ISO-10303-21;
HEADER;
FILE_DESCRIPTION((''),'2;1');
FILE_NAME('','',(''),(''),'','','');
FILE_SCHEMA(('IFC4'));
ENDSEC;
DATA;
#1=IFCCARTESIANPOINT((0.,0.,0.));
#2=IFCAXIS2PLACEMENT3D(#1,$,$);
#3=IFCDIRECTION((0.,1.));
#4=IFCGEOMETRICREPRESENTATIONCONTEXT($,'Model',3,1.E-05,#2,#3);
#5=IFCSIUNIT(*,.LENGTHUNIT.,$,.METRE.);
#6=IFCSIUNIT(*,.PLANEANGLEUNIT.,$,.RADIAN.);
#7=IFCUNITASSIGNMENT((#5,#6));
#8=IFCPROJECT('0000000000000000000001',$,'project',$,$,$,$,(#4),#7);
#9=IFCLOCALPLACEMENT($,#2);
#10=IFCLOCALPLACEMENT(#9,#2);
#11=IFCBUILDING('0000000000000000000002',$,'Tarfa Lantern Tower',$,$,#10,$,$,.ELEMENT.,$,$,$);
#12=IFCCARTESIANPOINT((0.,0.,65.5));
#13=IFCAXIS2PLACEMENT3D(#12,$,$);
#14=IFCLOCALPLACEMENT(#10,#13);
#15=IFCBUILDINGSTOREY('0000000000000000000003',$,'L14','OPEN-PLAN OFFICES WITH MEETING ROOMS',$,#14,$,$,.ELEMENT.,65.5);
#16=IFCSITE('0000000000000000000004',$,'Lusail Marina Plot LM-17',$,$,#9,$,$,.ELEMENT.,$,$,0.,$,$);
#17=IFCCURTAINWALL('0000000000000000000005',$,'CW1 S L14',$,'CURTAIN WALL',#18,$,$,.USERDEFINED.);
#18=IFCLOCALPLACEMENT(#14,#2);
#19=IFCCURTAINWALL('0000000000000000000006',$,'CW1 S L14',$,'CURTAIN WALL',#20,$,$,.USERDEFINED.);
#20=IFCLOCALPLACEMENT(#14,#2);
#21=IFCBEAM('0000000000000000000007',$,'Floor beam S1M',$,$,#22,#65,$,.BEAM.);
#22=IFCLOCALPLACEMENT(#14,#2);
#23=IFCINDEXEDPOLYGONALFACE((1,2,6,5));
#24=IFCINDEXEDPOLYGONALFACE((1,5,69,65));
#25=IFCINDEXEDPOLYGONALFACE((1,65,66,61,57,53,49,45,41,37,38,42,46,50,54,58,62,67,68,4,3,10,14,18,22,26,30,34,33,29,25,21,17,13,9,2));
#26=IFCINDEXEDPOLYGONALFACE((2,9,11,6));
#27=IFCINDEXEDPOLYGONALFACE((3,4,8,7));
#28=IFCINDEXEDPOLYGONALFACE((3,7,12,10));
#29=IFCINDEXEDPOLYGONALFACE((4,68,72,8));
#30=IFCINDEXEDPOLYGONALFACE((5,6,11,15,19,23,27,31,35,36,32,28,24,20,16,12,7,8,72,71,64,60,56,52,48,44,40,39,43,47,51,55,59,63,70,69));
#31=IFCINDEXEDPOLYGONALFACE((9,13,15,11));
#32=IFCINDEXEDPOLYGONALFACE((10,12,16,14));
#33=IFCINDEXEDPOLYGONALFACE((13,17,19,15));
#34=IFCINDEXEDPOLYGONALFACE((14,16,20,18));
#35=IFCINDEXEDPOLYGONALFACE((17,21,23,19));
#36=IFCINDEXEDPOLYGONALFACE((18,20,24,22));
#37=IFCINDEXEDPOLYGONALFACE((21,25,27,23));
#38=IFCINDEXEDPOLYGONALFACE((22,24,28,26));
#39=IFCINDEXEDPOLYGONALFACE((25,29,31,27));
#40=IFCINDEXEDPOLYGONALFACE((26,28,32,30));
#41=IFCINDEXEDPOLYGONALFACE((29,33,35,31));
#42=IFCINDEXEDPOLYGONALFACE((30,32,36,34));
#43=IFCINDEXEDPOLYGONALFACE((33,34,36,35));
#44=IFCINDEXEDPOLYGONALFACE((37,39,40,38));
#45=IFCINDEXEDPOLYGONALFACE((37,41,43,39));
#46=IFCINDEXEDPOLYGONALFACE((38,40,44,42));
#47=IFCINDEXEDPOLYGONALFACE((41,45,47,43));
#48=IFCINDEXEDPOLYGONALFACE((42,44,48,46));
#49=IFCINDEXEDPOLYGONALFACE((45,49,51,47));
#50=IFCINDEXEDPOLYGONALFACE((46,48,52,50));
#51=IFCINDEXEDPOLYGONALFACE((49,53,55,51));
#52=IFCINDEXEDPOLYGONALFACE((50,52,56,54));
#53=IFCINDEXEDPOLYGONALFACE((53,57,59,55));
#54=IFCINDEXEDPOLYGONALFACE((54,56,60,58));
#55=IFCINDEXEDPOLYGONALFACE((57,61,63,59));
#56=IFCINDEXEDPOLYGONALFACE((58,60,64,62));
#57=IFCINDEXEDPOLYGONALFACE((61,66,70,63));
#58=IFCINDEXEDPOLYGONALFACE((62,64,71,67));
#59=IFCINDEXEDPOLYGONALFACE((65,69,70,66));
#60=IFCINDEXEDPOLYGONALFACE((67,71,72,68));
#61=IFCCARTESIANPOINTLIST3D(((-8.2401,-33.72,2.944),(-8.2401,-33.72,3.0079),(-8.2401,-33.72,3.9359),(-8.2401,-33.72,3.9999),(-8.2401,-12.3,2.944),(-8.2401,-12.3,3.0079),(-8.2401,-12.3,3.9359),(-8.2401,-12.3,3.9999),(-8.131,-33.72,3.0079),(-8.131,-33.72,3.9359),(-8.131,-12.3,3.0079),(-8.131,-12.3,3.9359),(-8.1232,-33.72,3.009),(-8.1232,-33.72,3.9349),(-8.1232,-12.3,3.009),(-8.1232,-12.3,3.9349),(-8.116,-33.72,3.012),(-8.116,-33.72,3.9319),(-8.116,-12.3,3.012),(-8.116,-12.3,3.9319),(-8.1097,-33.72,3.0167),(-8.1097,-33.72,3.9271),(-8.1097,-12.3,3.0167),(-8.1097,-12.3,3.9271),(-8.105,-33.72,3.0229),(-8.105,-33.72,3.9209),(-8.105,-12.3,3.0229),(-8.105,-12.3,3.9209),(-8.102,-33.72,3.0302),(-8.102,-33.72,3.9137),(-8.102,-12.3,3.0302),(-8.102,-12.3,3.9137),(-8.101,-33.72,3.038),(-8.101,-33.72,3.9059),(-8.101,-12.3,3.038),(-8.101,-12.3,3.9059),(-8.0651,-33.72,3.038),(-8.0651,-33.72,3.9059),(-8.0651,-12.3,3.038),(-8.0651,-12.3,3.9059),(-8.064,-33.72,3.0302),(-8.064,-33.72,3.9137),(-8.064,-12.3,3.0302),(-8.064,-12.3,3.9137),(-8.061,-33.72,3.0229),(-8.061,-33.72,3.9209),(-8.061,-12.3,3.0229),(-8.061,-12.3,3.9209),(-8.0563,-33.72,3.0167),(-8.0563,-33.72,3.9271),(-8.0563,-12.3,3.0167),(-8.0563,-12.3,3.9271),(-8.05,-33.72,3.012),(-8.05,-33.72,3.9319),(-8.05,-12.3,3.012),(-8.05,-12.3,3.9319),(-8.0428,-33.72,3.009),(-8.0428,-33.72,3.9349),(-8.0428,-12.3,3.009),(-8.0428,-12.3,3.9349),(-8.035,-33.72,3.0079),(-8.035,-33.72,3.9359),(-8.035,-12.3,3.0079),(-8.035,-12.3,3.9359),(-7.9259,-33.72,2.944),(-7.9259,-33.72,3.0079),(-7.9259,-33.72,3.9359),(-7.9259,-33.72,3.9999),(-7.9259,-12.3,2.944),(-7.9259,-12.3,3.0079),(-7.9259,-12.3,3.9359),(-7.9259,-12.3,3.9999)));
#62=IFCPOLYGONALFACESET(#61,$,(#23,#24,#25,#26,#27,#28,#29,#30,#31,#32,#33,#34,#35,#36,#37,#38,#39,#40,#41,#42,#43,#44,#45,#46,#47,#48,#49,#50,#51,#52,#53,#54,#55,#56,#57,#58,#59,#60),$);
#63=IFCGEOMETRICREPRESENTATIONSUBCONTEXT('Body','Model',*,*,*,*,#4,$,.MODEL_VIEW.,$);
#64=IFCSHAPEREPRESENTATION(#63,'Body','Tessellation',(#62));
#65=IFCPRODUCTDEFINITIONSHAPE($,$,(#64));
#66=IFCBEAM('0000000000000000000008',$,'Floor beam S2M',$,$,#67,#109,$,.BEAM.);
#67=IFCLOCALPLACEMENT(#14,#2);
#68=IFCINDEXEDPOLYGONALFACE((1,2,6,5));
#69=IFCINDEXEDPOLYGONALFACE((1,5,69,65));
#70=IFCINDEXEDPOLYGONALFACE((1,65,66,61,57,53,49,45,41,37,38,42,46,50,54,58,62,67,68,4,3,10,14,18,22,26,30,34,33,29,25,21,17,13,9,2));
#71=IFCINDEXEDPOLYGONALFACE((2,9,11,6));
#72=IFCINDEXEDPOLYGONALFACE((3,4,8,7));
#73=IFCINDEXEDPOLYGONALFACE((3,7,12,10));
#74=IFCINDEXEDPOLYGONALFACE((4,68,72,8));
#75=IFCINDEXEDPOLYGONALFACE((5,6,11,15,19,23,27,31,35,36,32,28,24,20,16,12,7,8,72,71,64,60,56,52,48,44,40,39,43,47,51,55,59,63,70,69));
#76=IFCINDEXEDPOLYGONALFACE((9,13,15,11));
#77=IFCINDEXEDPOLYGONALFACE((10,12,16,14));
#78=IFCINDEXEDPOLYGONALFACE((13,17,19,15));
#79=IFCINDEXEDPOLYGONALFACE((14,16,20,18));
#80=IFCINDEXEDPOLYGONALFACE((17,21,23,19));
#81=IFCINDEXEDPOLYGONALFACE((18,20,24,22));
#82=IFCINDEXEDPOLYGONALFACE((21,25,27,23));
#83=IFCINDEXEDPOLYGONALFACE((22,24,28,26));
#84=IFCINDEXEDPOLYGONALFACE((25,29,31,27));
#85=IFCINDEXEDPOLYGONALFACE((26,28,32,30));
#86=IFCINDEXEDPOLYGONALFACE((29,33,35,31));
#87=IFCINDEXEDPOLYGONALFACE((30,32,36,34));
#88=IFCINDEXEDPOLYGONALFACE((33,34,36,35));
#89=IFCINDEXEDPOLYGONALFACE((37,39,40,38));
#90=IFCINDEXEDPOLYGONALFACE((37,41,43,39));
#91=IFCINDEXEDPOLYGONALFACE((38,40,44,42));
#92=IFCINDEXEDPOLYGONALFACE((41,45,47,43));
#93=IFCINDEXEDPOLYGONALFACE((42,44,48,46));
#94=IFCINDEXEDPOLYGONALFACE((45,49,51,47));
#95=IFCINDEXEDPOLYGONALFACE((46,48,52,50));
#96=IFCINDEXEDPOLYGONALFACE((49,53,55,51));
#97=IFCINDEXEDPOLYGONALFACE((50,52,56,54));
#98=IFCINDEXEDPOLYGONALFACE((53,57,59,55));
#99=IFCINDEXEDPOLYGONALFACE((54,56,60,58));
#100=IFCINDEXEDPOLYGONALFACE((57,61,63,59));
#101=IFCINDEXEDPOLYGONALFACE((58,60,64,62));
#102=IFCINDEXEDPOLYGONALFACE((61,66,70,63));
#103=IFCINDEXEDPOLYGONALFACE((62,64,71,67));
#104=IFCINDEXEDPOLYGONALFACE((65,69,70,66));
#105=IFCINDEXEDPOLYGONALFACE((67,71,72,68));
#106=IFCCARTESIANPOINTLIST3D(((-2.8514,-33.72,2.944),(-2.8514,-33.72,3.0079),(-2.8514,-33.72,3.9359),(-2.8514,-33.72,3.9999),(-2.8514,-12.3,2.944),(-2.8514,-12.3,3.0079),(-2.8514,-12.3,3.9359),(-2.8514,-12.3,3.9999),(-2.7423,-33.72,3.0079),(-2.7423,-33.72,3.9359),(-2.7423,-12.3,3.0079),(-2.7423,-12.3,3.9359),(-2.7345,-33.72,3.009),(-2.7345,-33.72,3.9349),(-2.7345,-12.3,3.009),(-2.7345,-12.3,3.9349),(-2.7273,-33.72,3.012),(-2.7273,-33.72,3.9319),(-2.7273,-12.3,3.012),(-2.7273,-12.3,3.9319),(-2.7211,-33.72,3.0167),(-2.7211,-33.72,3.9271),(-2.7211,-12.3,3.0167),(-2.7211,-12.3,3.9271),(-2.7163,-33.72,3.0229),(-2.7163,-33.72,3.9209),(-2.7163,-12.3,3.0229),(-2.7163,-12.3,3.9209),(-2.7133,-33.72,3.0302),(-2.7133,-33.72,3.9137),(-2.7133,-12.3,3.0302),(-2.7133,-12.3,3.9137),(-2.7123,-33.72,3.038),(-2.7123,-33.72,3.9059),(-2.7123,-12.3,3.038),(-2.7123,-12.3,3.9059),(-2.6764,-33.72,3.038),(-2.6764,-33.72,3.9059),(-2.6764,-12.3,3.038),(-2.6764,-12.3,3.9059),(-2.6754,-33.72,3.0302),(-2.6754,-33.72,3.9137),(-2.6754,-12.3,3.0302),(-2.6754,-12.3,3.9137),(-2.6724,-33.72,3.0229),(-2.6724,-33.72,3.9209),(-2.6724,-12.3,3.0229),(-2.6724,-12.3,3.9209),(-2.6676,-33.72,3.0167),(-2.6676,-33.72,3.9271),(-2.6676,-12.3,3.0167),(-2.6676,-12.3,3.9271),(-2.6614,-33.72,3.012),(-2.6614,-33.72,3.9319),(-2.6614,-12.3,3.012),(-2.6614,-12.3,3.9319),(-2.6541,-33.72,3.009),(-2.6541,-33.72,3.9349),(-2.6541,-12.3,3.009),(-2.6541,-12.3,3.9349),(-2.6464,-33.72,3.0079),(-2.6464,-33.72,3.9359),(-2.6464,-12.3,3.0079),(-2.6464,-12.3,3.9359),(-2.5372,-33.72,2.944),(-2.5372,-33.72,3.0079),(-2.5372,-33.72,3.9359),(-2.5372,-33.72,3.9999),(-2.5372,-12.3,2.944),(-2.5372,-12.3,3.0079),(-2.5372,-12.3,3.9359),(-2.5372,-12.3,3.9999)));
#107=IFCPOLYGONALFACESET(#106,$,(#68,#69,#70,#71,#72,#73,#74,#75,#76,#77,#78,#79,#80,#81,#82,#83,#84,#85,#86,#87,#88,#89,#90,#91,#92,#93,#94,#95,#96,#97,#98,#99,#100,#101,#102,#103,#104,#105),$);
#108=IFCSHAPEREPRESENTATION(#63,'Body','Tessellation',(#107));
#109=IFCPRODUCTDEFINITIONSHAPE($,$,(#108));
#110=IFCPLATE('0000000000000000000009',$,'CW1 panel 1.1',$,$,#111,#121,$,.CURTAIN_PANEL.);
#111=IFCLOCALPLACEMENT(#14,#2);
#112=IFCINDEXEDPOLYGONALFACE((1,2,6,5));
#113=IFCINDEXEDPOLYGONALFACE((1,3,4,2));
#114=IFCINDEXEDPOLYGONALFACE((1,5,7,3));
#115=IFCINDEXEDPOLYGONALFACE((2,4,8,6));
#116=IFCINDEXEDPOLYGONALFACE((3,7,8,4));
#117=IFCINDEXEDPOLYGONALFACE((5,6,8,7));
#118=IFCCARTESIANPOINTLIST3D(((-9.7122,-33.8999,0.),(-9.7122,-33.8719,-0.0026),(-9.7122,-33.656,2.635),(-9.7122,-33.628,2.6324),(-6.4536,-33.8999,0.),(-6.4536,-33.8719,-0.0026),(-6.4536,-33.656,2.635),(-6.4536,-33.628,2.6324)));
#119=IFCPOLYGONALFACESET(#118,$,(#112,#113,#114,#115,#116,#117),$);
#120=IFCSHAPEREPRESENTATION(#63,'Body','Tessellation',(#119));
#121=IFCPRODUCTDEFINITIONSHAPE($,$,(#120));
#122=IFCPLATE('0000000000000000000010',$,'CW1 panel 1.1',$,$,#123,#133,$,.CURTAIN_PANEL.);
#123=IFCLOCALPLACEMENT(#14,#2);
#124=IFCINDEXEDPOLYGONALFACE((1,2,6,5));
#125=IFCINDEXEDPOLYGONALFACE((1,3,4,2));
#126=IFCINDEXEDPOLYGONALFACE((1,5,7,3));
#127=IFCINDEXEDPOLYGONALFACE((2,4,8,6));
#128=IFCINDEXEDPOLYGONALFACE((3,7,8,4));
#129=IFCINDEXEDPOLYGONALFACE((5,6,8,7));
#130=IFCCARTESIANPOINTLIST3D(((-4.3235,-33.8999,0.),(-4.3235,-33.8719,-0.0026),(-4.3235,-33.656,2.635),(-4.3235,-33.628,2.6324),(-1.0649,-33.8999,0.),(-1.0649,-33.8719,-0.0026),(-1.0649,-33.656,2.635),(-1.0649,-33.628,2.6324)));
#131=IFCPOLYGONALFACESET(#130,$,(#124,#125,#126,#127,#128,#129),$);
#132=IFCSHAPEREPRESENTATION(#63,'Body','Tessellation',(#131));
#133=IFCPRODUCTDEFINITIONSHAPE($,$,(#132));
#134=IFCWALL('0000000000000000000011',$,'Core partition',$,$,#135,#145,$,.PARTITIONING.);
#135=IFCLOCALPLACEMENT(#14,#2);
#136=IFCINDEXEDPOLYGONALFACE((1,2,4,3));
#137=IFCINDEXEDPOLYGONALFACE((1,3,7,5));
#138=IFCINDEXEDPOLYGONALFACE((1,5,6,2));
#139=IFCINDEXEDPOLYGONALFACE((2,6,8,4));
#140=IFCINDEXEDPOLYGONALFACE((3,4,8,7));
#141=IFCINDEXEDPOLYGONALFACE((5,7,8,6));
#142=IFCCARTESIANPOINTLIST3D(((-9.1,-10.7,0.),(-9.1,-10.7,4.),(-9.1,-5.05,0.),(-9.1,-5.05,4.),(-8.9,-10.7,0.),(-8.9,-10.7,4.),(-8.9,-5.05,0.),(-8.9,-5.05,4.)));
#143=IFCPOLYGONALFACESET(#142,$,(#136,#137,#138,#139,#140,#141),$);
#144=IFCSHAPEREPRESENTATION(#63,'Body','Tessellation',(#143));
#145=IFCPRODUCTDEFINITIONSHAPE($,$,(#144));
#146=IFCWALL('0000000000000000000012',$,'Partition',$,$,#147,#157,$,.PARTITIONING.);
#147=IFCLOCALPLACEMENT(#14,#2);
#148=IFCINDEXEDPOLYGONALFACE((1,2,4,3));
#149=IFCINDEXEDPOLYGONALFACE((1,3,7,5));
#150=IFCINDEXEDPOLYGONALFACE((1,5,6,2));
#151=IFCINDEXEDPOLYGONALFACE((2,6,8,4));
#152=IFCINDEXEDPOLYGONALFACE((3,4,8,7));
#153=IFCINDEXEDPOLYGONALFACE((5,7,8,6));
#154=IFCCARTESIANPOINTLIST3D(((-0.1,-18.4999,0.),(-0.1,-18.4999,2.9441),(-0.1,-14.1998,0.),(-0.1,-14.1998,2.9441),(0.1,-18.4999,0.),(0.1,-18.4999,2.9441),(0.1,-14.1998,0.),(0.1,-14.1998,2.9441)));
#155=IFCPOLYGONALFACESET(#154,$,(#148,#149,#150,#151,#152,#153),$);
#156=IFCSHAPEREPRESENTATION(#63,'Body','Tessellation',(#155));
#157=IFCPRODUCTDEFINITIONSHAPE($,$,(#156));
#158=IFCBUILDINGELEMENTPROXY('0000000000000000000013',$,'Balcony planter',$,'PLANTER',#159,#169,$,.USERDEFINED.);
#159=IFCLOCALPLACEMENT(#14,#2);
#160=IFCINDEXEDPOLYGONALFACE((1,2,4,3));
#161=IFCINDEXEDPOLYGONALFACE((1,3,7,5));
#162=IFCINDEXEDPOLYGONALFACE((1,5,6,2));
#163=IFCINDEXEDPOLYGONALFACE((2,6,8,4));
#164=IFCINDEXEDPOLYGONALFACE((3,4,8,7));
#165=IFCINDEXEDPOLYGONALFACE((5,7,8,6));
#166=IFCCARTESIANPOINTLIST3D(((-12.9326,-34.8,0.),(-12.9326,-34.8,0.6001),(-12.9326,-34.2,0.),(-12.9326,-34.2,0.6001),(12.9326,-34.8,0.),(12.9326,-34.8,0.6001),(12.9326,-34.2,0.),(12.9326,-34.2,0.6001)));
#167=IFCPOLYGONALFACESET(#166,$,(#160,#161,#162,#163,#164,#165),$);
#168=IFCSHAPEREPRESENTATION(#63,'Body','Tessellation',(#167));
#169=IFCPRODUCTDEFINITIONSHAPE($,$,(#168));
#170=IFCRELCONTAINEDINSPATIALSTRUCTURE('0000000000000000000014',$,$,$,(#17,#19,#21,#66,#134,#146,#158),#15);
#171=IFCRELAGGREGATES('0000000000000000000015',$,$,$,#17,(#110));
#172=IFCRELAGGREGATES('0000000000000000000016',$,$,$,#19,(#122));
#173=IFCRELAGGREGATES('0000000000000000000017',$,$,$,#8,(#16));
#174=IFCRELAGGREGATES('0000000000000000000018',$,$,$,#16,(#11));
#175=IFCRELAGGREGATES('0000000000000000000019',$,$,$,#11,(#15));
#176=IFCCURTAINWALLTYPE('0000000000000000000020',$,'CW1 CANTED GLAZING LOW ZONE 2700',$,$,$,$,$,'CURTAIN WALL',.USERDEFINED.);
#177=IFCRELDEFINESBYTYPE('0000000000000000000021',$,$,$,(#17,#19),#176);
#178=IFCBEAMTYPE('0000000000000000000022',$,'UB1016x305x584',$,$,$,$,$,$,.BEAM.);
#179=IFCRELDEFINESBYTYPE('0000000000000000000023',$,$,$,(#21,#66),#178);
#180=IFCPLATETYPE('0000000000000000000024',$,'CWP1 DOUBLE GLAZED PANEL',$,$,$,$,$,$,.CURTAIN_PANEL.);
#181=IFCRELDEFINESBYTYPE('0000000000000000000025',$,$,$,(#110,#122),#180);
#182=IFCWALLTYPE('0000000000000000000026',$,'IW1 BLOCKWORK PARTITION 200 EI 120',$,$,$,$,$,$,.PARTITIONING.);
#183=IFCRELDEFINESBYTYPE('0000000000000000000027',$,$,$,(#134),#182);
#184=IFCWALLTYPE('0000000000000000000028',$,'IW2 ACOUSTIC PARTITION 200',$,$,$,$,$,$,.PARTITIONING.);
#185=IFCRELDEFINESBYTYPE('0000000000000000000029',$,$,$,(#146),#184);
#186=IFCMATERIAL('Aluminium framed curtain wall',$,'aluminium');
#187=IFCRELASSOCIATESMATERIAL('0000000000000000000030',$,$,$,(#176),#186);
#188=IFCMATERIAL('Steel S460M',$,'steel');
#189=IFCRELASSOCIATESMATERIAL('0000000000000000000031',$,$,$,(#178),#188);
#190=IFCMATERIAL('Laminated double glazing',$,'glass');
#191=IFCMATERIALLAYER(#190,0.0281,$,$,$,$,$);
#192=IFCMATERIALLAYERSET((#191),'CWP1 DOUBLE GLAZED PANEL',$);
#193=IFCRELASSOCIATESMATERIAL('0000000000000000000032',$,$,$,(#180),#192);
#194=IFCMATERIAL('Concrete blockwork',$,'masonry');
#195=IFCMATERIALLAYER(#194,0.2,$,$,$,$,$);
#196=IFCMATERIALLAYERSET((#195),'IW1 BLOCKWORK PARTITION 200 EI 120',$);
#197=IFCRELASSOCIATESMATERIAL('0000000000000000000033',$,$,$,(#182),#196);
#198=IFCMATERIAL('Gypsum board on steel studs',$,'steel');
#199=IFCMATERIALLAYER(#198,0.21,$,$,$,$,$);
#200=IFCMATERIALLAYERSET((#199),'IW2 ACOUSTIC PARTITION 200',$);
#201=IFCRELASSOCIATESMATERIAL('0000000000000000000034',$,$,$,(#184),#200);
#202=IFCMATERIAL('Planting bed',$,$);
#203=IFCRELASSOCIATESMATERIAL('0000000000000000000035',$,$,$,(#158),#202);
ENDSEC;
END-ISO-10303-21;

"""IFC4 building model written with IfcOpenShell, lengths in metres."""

from ifc_helpers import new_model, si_unit, direction, frame, frame_2d, origin, origin_2d, place, context, subcontext, project, spatial, polyline, rectangle, i_section, outline, extrude, material, layer, layer_set, material_profile, profile_set, type_object, element, aggregate, save


model = new_model("IFC4")

# Units and contexts
model_context = context("Model", 3, precision=1e-05, world=origin(), true_north=direction((0.0, 1.0)))
body_context = subcontext(model_context, "Body", "Model", "MODEL_VIEW")
ifc_project = project(units=[si_unit("LENGTHUNIT", "METRE"), si_unit("PLANEANGLEUNIT", "RADIAN")], contexts=[model_context])

# Site, building, storey
site_placement = place(None, origin())
site = spatial("IfcSite", under=ifc_project, at=site_placement, Name="Lusail Marina Plot LM-17", CompositionType="ELEMENT", RefElevation=0.0)
building_placement = place(site_placement, origin())
building = spatial("IfcBuilding", under=site, at=building_placement, Name="Tarfa Lantern Tower", CompositionType="ELEMENT")
storey_placement = place(building_placement, frame((0.0, 0.0, 65.5)))
storey = spatial("IfcBuildingStorey", under=building, at=storey_placement, Name="L14", Description="OPEN-PLAN OFFICES WITH MEETING ROOMS", CompositionType="ELEMENT", Elevation=65.5)

# Shared definitions
ifc_material_1 = material(Name="Aluminium framed curtain wall", Category="aluminium")
curtain_wall_type = type_object("IfcCurtainWallType", Name="CW1 CANTED GLAZING LOW ZONE 2700", ElementType="CURTAIN WALL", PredefinedType="USERDEFINED", material=ifc_material_1)

# Curtain walls
curtain_wall_1_placement = place(storey_placement, origin())
curtain_wall_1 = element("IfcCurtainWall", 1, at=curtain_wall_1_placement, inside=storey, type_object=curtain_wall_type, Name="CW1 S L14", ObjectType="CURTAIN WALL", PredefinedType="USERDEFINED")
curtain_wall_2_placement = place(storey_placement, origin())
curtain_wall_2 = element("IfcCurtainWall", 2, at=curtain_wall_2_placement, inside=storey, type_object=curtain_wall_type, Name="CW1 S L14", ObjectType="CURTAIN WALL", PredefinedType="USERDEFINED")

# Beams
ifc_material_2 = material(Name="Steel S460M", Category="steel")
ifc_material_profile_1 = material_profile(ifc_material_2, i_section(OverallWidth=0.3142, OverallDepth=1.0559, WebThickness=0.0359, FlangeThickness=0.064, FilletRadius=0.03, at=origin_2d()), Name="UB1016x305x584")
ifc_profile_set_1 = profile_set([ifc_material_profile_1], Name="Steel S460M")
beam_type_1 = type_object("IfcBeamType", Name="UB1016x305x584", PredefinedType="BEAM", material=ifc_profile_set_1)
for number, where, z_axis, x_axis, name in (
    (3, (-8.083, -33.72, 3.4719), (0.0, 1.0, 0.0), (-1.0, 0.0, 0.0), "Floor beam S1M"),
    (4, (-2.6943, -33.72, 3.4719), (0.0, 1.0, 0.0), (-1.0, 0.0, 0.0), "Floor beam S2M"),
):
    element("IfcBeam", number, at=place(storey_placement, frame(where, z_axis=z_axis, x_axis=x_axis)), inside=storey, type_object=beam_type_1, Name=name, PredefinedType="BEAM", context=body_context, shape_type="SweptSolid", body=[
        extrude(i_section(OverallWidth=0.3142, OverallDepth=1.0559, WebThickness=0.0359, FlangeThickness=0.064, FilletRadius=0.03, at=origin_2d()), origin(), (0.0, 0.0, 1.0), 21.4199),
    ])

# Plates
ifc_material_3 = material(Name="Laminated double glazing", Category="glass")
ifc_layer_1 = layer(ifc_material_3, 0.0281)
ifc_layer_set_1 = layer_set([ifc_layer_1], Name="CWP1 DOUBLE GLAZED PANEL")
plate_type = type_object("IfcPlateType", Name="CWP1 DOUBLE GLAZED PANEL", PredefinedType="CURTAIN_PANEL", material=ifc_layer_set_1)
plate_1_placement = place(storey_placement, frame((-9.7122, -33.8999, 0.0), z_axis=(0.0, -0.995744, 0.092166), x_axis=(1.0, 0.0, 0.0)))
plate_1 = element("IfcPlate", 5, at=plate_1_placement, type_object=plate_type, Name="CW1 panel 1.1", PredefinedType="CURTAIN_PANEL", context=body_context, shape_type="SweptSolid", body=[
    extrude(outline(polyline([(0.0, 0.0), (3.2585, 0.0), (3.2585, 2.6463), (0.0, 2.6463), (0.0, 0.0)])), origin(), (0.0, 0.0, -1.0), 0.0281),
])
aggregate(curtain_wall_1, [plate_1])
plate_2_placement = place(storey_placement, frame((-4.3235, -33.8999, 0.0), z_axis=(0.0, -0.995744, 0.092166), x_axis=(1.0, 0.0, 0.0)))
plate_2 = element("IfcPlate", 6, at=plate_2_placement, type_object=plate_type, Name="CW1 panel 1.1", PredefinedType="CURTAIN_PANEL", context=body_context, shape_type="SweptSolid", body=[
    extrude(outline(polyline([(0.0, 0.0), (3.2585, 0.0), (3.2585, 2.6463), (0.0, 2.6463), (0.0, 0.0)])), origin(), (0.0, 0.0, -1.0), 0.0281),
])
aggregate(curtain_wall_2, [plate_2])

# Walls
ifc_material_4 = material(Name="Concrete blockwork", Category="masonry")
ifc_layer_2 = layer(ifc_material_4, 0.2)
ifc_layer_set_2 = layer_set([ifc_layer_2], Name="IW1 BLOCKWORK PARTITION 200 EI 120")
wall_type_1 = type_object("IfcWallType", Name="IW1 BLOCKWORK PARTITION 200 EI 120", PredefinedType="PARTITIONING", material=ifc_layer_set_2)
wall_1_placement = place(storey_placement, frame((-9.0, -5.05, 0.0), z_axis=(0.0, 0.0, 1.0), x_axis=(0.0, -1.0, 0.0)))
element("IfcWall", 7, at=wall_1_placement, inside=storey, type_object=wall_type_1, Name="Core partition", PredefinedType="PARTITIONING", context=body_context, shape_type="SweptSolid", body=[
    extrude(rectangle(XDim=5.6499, YDim=0.2, at=frame_2d((2.825, 0.0))), origin(), (0.0, 0.0, 1.0), 4.0),
])
ifc_material_5 = material(Name="Gypsum board on steel studs", Category="steel")
ifc_layer_3 = layer(ifc_material_5, 0.21)
ifc_layer_set_3 = layer_set([ifc_layer_3], Name="IW2 ACOUSTIC PARTITION 200")
wall_type_2 = type_object("IfcWallType", Name="IW2 ACOUSTIC PARTITION 200", PredefinedType="PARTITIONING", material=ifc_layer_set_3)
wall_2_placement = place(storey_placement, frame((0.0, -14.2, 0.0), z_axis=(0.0, 0.0, 1.0), x_axis=(0.0, -1.0, 0.0)))
element("IfcWall", 8, at=wall_2_placement, inside=storey, type_object=wall_type_2, Name="Partition", PredefinedType="PARTITIONING", context=body_context, shape_type="SweptSolid", body=[
    extrude(rectangle(XDim=4.3, YDim=0.2, at=frame_2d((2.1499, 0.0))), origin(), (0.0, 0.0, 1.0), 2.9441),
])

# Building element proxy
ifc_material_6 = material(Name="Planting bed")
proxy_placement = place(storey_placement, frame((0.0, -34.5, 0.0), z_axis=(0.0, 0.0, 1.0), x_axis=(1.0, 0.0, 0.0)))
element("IfcBuildingElementProxy", 9, at=proxy_placement, inside=storey, material=ifc_material_6, Name="Balcony planter", ObjectType="PLANTER", PredefinedType="USERDEFINED", context=body_context, shape_type="SweptSolid", body=[
    extrude(rectangle(XDim=25.8652, YDim=0.6001, at=origin_2d()), origin(), (0.0, 0.0, 1.0), 0.6001),
])

save(model, "model.ifc")
